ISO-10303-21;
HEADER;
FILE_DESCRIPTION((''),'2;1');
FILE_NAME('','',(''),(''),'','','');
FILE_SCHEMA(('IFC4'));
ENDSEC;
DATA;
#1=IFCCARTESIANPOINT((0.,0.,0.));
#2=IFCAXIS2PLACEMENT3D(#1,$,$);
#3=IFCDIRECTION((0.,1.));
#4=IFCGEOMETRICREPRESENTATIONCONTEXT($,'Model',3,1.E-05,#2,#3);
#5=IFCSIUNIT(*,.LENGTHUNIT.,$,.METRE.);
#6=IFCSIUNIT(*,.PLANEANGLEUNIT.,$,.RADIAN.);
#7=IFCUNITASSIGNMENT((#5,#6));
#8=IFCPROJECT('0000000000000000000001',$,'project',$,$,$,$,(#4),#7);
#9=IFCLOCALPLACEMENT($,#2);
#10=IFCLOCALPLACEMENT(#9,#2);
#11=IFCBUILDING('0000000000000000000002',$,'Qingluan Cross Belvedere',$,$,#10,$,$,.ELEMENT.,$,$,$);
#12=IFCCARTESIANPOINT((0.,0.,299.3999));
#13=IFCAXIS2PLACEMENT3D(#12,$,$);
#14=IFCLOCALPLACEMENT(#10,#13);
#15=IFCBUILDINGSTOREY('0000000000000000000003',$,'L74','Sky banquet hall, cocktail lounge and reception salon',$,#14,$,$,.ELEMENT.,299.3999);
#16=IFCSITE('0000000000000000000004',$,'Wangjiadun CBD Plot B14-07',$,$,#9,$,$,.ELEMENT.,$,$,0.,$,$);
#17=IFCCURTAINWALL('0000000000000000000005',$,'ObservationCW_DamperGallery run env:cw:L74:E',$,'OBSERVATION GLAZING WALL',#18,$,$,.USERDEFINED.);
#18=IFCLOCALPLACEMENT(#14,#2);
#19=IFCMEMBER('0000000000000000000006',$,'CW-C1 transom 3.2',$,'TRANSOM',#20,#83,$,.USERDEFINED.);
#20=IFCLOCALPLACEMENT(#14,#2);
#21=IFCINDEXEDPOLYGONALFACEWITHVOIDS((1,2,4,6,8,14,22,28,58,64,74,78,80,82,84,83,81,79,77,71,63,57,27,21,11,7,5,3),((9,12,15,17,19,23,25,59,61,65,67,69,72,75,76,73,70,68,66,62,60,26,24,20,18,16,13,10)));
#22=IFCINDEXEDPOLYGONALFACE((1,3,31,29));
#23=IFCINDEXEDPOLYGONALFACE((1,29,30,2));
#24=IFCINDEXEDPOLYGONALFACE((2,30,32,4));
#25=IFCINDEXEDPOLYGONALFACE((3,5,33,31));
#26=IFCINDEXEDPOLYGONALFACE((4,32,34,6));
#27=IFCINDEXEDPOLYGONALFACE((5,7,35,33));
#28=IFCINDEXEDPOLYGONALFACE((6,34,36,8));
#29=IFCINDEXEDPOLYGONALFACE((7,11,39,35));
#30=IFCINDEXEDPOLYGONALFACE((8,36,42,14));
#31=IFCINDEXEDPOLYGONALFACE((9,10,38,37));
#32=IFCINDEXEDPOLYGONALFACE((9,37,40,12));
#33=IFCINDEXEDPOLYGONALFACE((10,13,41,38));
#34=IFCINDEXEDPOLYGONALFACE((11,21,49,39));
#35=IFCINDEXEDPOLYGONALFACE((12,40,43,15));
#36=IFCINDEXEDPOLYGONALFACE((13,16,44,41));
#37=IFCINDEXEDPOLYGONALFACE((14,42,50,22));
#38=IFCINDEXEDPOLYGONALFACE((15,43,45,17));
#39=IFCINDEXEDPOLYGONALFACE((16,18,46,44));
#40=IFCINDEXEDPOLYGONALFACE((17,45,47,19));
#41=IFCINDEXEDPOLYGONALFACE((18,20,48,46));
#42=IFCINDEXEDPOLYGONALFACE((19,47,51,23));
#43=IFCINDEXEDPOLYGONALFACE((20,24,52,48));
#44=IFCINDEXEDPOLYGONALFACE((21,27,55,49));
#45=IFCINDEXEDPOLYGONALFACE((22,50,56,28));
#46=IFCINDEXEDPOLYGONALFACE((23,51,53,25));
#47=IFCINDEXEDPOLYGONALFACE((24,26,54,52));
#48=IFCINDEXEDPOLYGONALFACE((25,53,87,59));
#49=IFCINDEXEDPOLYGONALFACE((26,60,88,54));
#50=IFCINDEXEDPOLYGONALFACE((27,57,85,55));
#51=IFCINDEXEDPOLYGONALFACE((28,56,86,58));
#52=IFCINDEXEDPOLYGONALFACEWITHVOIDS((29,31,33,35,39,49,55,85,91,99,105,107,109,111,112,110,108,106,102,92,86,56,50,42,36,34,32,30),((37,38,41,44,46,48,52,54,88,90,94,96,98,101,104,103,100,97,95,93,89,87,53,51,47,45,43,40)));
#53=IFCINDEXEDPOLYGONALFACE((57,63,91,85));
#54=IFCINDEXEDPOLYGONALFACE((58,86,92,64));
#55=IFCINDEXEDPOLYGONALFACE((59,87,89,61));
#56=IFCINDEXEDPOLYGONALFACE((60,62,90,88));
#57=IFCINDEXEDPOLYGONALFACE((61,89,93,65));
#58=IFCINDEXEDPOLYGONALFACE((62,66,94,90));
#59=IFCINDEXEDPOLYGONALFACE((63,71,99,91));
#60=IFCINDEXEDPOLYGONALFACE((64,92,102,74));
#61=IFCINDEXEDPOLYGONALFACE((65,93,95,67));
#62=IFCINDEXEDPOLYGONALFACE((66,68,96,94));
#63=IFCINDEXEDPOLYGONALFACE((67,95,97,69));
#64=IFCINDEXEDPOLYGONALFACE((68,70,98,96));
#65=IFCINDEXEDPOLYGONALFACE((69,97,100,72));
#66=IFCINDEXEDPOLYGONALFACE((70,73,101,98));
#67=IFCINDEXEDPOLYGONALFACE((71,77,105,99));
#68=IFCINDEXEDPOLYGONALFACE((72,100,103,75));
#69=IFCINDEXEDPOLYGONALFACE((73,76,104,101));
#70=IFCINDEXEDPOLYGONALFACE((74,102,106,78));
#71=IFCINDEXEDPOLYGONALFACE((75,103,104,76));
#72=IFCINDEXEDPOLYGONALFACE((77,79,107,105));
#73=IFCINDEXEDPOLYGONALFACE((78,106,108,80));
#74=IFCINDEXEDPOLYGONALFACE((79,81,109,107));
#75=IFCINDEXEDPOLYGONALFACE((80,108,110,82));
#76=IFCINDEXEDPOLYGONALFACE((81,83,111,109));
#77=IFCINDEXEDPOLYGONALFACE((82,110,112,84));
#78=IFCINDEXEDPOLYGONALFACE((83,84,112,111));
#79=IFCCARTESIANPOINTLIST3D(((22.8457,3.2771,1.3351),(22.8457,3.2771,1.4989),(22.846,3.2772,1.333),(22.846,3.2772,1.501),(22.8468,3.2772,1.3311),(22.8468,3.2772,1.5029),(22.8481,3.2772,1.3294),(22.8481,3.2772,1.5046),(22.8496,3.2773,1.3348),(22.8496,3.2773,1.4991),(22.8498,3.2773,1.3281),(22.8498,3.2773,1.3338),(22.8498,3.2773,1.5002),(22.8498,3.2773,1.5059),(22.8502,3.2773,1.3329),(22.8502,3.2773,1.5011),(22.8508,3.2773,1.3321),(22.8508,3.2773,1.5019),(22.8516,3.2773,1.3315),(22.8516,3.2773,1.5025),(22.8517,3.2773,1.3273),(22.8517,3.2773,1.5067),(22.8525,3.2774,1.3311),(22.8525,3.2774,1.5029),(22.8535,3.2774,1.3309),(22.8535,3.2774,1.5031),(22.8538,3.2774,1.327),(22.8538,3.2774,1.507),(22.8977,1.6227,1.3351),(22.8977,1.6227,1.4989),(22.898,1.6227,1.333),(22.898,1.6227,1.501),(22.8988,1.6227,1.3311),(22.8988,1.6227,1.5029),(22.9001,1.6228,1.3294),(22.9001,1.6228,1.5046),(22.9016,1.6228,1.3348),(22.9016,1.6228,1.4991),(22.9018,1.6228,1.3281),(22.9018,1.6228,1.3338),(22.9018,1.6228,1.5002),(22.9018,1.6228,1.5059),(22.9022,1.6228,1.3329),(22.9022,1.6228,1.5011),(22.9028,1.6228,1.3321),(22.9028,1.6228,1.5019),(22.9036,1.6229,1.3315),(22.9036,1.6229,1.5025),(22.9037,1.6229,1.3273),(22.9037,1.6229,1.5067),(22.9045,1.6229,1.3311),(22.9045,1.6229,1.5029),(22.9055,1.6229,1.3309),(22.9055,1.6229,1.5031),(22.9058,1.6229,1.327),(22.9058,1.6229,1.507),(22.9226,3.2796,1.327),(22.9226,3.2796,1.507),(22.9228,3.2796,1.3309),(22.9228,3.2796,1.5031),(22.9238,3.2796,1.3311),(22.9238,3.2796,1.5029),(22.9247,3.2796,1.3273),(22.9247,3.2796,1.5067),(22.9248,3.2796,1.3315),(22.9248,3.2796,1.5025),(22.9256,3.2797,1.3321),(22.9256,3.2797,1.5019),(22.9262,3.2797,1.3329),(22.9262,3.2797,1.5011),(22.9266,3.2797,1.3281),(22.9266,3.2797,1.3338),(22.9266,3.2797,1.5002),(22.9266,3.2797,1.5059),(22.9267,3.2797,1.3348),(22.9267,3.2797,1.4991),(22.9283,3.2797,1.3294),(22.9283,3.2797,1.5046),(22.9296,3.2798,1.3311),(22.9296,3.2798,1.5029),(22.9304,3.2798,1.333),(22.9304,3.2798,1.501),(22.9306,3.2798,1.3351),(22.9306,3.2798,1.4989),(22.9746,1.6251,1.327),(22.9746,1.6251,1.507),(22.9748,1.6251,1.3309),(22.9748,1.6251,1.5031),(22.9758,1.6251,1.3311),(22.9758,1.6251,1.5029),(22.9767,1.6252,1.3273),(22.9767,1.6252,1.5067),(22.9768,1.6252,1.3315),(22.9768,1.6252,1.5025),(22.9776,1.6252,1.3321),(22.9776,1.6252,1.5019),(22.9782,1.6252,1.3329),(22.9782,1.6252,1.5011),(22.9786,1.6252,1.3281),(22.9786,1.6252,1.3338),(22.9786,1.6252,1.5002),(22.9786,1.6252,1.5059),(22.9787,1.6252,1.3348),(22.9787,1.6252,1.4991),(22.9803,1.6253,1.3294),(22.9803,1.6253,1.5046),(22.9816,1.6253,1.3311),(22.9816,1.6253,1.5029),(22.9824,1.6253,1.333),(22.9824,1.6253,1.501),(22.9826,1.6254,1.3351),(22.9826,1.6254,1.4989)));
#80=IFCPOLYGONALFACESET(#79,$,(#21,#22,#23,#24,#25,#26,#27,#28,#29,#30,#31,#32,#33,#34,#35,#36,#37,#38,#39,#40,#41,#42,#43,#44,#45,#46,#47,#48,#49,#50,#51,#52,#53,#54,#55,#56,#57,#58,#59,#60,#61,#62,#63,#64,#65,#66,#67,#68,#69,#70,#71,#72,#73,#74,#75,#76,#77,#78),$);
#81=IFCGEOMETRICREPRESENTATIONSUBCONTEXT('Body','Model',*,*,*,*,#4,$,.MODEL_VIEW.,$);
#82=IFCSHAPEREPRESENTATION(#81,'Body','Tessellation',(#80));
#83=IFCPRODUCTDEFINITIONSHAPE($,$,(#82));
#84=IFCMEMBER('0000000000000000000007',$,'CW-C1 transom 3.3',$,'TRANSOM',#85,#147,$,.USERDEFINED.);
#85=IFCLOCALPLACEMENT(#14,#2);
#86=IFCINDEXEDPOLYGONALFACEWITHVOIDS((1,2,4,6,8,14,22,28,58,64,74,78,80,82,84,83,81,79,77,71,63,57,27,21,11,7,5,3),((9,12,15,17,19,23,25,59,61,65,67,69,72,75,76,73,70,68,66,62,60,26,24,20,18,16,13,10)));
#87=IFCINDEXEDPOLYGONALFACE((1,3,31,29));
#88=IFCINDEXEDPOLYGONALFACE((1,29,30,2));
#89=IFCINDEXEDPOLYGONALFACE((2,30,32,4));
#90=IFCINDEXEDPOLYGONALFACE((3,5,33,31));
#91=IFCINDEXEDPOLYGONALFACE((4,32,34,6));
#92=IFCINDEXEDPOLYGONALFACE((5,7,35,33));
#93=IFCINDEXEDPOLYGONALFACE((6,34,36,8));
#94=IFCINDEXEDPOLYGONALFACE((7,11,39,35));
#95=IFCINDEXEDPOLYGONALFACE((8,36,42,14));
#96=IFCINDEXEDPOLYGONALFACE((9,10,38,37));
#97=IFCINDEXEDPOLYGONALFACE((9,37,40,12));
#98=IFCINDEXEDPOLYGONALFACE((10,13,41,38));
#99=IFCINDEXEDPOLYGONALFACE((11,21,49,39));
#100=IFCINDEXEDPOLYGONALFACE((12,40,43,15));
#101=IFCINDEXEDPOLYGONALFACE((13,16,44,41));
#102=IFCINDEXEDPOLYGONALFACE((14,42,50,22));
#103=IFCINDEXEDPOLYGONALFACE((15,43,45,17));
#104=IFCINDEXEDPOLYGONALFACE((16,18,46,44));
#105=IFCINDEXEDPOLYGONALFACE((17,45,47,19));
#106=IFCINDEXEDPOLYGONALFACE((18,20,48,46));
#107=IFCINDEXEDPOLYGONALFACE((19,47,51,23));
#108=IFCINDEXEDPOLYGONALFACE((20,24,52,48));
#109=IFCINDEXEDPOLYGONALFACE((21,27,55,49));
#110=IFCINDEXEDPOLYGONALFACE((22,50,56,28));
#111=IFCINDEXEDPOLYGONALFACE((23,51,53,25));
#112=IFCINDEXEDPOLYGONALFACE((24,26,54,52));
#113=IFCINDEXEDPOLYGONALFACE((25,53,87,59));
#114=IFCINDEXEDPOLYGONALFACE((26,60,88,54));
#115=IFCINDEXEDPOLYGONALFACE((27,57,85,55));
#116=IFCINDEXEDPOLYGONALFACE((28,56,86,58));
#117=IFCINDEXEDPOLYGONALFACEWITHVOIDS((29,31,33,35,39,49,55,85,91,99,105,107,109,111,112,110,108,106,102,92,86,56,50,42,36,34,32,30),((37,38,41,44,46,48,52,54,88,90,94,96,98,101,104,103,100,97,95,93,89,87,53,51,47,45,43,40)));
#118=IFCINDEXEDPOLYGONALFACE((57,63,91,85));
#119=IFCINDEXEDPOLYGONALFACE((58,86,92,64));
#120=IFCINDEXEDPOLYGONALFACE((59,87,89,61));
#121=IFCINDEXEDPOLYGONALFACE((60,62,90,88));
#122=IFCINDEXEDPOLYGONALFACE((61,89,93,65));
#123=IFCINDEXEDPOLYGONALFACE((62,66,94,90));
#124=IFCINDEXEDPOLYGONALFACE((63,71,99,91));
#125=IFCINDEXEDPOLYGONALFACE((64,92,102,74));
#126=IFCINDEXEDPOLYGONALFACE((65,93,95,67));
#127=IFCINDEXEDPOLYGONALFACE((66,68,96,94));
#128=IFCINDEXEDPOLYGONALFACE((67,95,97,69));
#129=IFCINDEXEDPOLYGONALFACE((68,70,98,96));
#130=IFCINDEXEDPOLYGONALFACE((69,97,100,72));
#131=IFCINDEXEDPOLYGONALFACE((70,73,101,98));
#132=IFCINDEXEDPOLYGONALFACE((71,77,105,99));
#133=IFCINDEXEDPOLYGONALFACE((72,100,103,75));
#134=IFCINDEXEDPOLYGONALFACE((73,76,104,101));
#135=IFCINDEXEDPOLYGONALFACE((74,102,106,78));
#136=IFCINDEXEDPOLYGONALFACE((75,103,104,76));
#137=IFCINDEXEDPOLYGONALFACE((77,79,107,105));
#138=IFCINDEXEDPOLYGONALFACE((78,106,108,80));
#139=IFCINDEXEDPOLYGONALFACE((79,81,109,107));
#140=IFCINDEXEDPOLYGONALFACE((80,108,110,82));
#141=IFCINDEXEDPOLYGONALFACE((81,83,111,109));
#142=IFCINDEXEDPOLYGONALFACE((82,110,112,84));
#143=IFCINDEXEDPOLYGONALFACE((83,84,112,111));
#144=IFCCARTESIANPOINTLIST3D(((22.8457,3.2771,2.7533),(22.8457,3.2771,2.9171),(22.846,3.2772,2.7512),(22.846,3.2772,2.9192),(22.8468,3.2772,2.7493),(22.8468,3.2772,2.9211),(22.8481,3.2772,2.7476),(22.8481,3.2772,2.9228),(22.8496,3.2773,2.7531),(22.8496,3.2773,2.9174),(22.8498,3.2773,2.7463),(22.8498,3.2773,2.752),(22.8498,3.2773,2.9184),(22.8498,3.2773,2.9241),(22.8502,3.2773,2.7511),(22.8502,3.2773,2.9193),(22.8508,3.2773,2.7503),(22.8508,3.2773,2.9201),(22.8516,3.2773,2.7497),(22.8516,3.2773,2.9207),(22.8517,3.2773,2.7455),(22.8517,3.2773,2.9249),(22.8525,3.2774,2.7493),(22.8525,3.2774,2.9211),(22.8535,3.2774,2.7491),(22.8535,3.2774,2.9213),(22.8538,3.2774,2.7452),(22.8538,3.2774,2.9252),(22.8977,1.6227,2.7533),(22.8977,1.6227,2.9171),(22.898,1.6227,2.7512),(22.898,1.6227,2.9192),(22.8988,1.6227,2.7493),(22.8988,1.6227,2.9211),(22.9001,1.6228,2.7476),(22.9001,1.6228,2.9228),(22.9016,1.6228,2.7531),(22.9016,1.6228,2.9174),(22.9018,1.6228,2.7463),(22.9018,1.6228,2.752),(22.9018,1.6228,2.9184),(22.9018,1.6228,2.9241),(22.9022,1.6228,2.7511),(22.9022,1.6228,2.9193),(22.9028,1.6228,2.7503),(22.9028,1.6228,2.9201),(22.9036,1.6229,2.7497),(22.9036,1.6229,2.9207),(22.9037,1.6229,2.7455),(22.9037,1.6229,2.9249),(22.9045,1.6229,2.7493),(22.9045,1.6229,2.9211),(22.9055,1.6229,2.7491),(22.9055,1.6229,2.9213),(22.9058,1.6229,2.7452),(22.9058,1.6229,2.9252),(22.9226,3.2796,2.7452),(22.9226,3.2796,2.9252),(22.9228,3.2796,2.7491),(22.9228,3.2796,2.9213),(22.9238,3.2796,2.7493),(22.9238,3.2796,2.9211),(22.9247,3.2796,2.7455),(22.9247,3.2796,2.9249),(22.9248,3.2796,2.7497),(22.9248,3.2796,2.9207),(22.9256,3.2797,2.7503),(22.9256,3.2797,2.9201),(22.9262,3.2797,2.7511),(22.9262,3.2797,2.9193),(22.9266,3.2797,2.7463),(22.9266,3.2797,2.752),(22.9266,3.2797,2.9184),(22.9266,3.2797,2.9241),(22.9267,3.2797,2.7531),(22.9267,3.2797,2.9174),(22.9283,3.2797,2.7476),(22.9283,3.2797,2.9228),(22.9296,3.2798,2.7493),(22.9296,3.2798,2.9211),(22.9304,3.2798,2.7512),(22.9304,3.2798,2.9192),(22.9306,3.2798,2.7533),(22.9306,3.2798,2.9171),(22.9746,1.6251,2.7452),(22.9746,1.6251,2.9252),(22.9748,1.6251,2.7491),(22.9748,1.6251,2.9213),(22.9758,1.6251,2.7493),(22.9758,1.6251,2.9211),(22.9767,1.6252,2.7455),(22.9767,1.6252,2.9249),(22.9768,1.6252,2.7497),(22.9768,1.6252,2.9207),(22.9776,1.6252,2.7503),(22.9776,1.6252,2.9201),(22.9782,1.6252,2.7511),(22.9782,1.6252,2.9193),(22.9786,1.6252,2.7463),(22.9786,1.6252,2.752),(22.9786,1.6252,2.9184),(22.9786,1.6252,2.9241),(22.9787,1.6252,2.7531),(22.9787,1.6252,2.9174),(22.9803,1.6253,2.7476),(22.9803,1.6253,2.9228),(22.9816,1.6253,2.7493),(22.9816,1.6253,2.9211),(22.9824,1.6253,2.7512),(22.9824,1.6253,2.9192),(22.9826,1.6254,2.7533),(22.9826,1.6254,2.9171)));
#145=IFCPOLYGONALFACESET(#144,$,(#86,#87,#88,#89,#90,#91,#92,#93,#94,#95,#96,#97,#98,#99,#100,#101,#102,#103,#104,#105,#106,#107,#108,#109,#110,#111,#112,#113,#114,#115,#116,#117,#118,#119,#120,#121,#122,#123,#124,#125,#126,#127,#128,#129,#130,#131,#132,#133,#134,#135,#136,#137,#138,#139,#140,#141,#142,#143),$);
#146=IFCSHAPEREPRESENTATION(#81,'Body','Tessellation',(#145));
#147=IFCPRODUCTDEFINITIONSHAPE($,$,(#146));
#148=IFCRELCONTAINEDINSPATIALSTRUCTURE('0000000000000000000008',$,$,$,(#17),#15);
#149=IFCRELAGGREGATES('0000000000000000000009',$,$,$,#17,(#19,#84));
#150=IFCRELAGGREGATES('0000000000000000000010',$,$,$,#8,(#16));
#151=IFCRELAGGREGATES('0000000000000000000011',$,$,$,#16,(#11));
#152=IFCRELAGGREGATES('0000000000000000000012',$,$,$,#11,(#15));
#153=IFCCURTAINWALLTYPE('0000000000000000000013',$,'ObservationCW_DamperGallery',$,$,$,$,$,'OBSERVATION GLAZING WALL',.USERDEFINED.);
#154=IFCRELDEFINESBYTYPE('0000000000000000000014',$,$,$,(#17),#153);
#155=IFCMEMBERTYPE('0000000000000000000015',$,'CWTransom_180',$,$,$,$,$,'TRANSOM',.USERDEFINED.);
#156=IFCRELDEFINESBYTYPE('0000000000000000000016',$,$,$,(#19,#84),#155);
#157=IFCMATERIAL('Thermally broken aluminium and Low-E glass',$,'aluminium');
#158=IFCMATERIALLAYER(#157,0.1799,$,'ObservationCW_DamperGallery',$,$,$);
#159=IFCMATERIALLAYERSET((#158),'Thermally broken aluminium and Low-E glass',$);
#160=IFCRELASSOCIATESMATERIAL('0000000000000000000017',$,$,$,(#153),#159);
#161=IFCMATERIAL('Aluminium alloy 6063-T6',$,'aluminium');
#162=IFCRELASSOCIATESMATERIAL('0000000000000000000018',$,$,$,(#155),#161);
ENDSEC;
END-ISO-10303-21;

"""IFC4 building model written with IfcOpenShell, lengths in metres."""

from ifc_helpers import new_model, si_unit, direction, frame, origin, origin_2d, place, context, subcontext, project, spatial, hollow_rectangle, extrude, material, layer, layer_set, material_profile, profile_set, type_object, element, aggregate, save


model = new_model("IFC4")

# Units and contexts
model_context = context("Model", 3, precision=1e-05, world=origin(), true_north=direction((0.0, 1.0)))
body_context = subcontext(model_context, "Body", "Model", "MODEL_VIEW")
ifc_project = project(units=[si_unit("LENGTHUNIT", "METRE"), si_unit("PLANEANGLEUNIT", "RADIAN")], contexts=[model_context])

# Site, building, storey
site_placement = place(None, origin())
site = spatial("IfcSite", under=ifc_project, at=site_placement, Name="Wangjiadun CBD Plot B14-07", CompositionType="ELEMENT", RefElevation=0.0)
building_placement = place(site_placement, origin())
building = spatial("IfcBuilding", under=site, at=building_placement, Name="Qingluan Cross Belvedere", CompositionType="ELEMENT")
storey_placement = place(building_placement, frame((0.0, 0.0, 299.3999)))
storey = spatial("IfcBuildingStorey", under=building, at=storey_placement, Name="L74", Description="Sky banquet hall, cocktail lounge and reception salon", CompositionType="ELEMENT", Elevation=299.3999)

# Curtain wall, members
ifc_material_1 = material(Name="Thermally broken aluminium and Low-E glass", Category="aluminium")
ifc_layer_1 = layer(ifc_material_1, 0.1799, Name="ObservationCW_DamperGallery")
ifc_layer_set_1 = layer_set([ifc_layer_1], Name="Thermally broken aluminium and Low-E glass")
curtain_wall_type = type_object("IfcCurtainWallType", Name="ObservationCW_DamperGallery", ElementType="OBSERVATION GLAZING WALL", PredefinedType="USERDEFINED", material=ifc_layer_set_1)
curtain_wall_placement = place(storey_placement, origin())
curtain_wall = element("IfcCurtainWall", 1, at=curtain_wall_placement, inside=storey, type_object=curtain_wall_type, Name="ObservationCW_DamperGallery run env:cw:L74:E", ObjectType="OBSERVATION GLAZING WALL", PredefinedType="USERDEFINED")
ifc_material_2 = material(Name="Aluminium alloy 6063-T6", Category="aluminium")
ifc_material_profile_1 = material_profile(ifc_material_2, hollow_rectangle(XDim=0.085, YDim=0.1799, WallThickness=0.0039, InnerFilletRadius=0.0039, OuterFilletRadius=0.0081, at=origin_2d()), Name="CWT180x85x4")
ifc_profile_set_1 = profile_set([ifc_material_profile_1], Name="Aluminium alloy 6063-T6")
member_type_1 = type_object("IfcMemberType", Name="CWTransom_180", ElementType="TRANSOM", PredefinedType="USERDEFINED", material=ifc_profile_set_1)
member_1_placement = place(storey_placement, frame((22.9402, 1.624, 1.417), z_axis=(-0.031414, 0.999506, 0.0), x_axis=(-0.999506, -0.031414, 0.0)))
member_1 = element("IfcMember", 2, at=member_1_placement, type_object=member_type_1, Name="CW-C1 transom 3.2", ObjectType="TRANSOM", PredefinedType="USERDEFINED", context=body_context, shape_type="SweptSolid", body=[
    extrude(hollow_rectangle(XDim=0.085, YDim=0.1799, WallThickness=0.0039, InnerFilletRadius=0.0039, OuterFilletRadius=0.0081, at=origin_2d()), origin(), (0.0, 0.0, 1.0), 1.6553),
])
member_2_placement = place(storey_placement, frame((22.9402, 1.624, 2.8352), z_axis=(-0.031414, 0.999506, 0.0), x_axis=(-0.999506, -0.031414, 0.0)))
member_2 = element("IfcMember", 3, at=member_2_placement, type_object=member_type_1, Name="CW-C1 transom 3.3", ObjectType="TRANSOM", PredefinedType="USERDEFINED", context=body_context, shape_type="SweptSolid", body=[
    extrude(hollow_rectangle(XDim=0.085, YDim=0.1799, WallThickness=0.0039, InnerFilletRadius=0.0039, OuterFilletRadius=0.0081, at=origin_2d()), origin(), (0.0, 0.0, 1.0), 1.6553),
])
aggregate(curtain_wall, [member_1, member_2])

save(model, "model.ifc")
